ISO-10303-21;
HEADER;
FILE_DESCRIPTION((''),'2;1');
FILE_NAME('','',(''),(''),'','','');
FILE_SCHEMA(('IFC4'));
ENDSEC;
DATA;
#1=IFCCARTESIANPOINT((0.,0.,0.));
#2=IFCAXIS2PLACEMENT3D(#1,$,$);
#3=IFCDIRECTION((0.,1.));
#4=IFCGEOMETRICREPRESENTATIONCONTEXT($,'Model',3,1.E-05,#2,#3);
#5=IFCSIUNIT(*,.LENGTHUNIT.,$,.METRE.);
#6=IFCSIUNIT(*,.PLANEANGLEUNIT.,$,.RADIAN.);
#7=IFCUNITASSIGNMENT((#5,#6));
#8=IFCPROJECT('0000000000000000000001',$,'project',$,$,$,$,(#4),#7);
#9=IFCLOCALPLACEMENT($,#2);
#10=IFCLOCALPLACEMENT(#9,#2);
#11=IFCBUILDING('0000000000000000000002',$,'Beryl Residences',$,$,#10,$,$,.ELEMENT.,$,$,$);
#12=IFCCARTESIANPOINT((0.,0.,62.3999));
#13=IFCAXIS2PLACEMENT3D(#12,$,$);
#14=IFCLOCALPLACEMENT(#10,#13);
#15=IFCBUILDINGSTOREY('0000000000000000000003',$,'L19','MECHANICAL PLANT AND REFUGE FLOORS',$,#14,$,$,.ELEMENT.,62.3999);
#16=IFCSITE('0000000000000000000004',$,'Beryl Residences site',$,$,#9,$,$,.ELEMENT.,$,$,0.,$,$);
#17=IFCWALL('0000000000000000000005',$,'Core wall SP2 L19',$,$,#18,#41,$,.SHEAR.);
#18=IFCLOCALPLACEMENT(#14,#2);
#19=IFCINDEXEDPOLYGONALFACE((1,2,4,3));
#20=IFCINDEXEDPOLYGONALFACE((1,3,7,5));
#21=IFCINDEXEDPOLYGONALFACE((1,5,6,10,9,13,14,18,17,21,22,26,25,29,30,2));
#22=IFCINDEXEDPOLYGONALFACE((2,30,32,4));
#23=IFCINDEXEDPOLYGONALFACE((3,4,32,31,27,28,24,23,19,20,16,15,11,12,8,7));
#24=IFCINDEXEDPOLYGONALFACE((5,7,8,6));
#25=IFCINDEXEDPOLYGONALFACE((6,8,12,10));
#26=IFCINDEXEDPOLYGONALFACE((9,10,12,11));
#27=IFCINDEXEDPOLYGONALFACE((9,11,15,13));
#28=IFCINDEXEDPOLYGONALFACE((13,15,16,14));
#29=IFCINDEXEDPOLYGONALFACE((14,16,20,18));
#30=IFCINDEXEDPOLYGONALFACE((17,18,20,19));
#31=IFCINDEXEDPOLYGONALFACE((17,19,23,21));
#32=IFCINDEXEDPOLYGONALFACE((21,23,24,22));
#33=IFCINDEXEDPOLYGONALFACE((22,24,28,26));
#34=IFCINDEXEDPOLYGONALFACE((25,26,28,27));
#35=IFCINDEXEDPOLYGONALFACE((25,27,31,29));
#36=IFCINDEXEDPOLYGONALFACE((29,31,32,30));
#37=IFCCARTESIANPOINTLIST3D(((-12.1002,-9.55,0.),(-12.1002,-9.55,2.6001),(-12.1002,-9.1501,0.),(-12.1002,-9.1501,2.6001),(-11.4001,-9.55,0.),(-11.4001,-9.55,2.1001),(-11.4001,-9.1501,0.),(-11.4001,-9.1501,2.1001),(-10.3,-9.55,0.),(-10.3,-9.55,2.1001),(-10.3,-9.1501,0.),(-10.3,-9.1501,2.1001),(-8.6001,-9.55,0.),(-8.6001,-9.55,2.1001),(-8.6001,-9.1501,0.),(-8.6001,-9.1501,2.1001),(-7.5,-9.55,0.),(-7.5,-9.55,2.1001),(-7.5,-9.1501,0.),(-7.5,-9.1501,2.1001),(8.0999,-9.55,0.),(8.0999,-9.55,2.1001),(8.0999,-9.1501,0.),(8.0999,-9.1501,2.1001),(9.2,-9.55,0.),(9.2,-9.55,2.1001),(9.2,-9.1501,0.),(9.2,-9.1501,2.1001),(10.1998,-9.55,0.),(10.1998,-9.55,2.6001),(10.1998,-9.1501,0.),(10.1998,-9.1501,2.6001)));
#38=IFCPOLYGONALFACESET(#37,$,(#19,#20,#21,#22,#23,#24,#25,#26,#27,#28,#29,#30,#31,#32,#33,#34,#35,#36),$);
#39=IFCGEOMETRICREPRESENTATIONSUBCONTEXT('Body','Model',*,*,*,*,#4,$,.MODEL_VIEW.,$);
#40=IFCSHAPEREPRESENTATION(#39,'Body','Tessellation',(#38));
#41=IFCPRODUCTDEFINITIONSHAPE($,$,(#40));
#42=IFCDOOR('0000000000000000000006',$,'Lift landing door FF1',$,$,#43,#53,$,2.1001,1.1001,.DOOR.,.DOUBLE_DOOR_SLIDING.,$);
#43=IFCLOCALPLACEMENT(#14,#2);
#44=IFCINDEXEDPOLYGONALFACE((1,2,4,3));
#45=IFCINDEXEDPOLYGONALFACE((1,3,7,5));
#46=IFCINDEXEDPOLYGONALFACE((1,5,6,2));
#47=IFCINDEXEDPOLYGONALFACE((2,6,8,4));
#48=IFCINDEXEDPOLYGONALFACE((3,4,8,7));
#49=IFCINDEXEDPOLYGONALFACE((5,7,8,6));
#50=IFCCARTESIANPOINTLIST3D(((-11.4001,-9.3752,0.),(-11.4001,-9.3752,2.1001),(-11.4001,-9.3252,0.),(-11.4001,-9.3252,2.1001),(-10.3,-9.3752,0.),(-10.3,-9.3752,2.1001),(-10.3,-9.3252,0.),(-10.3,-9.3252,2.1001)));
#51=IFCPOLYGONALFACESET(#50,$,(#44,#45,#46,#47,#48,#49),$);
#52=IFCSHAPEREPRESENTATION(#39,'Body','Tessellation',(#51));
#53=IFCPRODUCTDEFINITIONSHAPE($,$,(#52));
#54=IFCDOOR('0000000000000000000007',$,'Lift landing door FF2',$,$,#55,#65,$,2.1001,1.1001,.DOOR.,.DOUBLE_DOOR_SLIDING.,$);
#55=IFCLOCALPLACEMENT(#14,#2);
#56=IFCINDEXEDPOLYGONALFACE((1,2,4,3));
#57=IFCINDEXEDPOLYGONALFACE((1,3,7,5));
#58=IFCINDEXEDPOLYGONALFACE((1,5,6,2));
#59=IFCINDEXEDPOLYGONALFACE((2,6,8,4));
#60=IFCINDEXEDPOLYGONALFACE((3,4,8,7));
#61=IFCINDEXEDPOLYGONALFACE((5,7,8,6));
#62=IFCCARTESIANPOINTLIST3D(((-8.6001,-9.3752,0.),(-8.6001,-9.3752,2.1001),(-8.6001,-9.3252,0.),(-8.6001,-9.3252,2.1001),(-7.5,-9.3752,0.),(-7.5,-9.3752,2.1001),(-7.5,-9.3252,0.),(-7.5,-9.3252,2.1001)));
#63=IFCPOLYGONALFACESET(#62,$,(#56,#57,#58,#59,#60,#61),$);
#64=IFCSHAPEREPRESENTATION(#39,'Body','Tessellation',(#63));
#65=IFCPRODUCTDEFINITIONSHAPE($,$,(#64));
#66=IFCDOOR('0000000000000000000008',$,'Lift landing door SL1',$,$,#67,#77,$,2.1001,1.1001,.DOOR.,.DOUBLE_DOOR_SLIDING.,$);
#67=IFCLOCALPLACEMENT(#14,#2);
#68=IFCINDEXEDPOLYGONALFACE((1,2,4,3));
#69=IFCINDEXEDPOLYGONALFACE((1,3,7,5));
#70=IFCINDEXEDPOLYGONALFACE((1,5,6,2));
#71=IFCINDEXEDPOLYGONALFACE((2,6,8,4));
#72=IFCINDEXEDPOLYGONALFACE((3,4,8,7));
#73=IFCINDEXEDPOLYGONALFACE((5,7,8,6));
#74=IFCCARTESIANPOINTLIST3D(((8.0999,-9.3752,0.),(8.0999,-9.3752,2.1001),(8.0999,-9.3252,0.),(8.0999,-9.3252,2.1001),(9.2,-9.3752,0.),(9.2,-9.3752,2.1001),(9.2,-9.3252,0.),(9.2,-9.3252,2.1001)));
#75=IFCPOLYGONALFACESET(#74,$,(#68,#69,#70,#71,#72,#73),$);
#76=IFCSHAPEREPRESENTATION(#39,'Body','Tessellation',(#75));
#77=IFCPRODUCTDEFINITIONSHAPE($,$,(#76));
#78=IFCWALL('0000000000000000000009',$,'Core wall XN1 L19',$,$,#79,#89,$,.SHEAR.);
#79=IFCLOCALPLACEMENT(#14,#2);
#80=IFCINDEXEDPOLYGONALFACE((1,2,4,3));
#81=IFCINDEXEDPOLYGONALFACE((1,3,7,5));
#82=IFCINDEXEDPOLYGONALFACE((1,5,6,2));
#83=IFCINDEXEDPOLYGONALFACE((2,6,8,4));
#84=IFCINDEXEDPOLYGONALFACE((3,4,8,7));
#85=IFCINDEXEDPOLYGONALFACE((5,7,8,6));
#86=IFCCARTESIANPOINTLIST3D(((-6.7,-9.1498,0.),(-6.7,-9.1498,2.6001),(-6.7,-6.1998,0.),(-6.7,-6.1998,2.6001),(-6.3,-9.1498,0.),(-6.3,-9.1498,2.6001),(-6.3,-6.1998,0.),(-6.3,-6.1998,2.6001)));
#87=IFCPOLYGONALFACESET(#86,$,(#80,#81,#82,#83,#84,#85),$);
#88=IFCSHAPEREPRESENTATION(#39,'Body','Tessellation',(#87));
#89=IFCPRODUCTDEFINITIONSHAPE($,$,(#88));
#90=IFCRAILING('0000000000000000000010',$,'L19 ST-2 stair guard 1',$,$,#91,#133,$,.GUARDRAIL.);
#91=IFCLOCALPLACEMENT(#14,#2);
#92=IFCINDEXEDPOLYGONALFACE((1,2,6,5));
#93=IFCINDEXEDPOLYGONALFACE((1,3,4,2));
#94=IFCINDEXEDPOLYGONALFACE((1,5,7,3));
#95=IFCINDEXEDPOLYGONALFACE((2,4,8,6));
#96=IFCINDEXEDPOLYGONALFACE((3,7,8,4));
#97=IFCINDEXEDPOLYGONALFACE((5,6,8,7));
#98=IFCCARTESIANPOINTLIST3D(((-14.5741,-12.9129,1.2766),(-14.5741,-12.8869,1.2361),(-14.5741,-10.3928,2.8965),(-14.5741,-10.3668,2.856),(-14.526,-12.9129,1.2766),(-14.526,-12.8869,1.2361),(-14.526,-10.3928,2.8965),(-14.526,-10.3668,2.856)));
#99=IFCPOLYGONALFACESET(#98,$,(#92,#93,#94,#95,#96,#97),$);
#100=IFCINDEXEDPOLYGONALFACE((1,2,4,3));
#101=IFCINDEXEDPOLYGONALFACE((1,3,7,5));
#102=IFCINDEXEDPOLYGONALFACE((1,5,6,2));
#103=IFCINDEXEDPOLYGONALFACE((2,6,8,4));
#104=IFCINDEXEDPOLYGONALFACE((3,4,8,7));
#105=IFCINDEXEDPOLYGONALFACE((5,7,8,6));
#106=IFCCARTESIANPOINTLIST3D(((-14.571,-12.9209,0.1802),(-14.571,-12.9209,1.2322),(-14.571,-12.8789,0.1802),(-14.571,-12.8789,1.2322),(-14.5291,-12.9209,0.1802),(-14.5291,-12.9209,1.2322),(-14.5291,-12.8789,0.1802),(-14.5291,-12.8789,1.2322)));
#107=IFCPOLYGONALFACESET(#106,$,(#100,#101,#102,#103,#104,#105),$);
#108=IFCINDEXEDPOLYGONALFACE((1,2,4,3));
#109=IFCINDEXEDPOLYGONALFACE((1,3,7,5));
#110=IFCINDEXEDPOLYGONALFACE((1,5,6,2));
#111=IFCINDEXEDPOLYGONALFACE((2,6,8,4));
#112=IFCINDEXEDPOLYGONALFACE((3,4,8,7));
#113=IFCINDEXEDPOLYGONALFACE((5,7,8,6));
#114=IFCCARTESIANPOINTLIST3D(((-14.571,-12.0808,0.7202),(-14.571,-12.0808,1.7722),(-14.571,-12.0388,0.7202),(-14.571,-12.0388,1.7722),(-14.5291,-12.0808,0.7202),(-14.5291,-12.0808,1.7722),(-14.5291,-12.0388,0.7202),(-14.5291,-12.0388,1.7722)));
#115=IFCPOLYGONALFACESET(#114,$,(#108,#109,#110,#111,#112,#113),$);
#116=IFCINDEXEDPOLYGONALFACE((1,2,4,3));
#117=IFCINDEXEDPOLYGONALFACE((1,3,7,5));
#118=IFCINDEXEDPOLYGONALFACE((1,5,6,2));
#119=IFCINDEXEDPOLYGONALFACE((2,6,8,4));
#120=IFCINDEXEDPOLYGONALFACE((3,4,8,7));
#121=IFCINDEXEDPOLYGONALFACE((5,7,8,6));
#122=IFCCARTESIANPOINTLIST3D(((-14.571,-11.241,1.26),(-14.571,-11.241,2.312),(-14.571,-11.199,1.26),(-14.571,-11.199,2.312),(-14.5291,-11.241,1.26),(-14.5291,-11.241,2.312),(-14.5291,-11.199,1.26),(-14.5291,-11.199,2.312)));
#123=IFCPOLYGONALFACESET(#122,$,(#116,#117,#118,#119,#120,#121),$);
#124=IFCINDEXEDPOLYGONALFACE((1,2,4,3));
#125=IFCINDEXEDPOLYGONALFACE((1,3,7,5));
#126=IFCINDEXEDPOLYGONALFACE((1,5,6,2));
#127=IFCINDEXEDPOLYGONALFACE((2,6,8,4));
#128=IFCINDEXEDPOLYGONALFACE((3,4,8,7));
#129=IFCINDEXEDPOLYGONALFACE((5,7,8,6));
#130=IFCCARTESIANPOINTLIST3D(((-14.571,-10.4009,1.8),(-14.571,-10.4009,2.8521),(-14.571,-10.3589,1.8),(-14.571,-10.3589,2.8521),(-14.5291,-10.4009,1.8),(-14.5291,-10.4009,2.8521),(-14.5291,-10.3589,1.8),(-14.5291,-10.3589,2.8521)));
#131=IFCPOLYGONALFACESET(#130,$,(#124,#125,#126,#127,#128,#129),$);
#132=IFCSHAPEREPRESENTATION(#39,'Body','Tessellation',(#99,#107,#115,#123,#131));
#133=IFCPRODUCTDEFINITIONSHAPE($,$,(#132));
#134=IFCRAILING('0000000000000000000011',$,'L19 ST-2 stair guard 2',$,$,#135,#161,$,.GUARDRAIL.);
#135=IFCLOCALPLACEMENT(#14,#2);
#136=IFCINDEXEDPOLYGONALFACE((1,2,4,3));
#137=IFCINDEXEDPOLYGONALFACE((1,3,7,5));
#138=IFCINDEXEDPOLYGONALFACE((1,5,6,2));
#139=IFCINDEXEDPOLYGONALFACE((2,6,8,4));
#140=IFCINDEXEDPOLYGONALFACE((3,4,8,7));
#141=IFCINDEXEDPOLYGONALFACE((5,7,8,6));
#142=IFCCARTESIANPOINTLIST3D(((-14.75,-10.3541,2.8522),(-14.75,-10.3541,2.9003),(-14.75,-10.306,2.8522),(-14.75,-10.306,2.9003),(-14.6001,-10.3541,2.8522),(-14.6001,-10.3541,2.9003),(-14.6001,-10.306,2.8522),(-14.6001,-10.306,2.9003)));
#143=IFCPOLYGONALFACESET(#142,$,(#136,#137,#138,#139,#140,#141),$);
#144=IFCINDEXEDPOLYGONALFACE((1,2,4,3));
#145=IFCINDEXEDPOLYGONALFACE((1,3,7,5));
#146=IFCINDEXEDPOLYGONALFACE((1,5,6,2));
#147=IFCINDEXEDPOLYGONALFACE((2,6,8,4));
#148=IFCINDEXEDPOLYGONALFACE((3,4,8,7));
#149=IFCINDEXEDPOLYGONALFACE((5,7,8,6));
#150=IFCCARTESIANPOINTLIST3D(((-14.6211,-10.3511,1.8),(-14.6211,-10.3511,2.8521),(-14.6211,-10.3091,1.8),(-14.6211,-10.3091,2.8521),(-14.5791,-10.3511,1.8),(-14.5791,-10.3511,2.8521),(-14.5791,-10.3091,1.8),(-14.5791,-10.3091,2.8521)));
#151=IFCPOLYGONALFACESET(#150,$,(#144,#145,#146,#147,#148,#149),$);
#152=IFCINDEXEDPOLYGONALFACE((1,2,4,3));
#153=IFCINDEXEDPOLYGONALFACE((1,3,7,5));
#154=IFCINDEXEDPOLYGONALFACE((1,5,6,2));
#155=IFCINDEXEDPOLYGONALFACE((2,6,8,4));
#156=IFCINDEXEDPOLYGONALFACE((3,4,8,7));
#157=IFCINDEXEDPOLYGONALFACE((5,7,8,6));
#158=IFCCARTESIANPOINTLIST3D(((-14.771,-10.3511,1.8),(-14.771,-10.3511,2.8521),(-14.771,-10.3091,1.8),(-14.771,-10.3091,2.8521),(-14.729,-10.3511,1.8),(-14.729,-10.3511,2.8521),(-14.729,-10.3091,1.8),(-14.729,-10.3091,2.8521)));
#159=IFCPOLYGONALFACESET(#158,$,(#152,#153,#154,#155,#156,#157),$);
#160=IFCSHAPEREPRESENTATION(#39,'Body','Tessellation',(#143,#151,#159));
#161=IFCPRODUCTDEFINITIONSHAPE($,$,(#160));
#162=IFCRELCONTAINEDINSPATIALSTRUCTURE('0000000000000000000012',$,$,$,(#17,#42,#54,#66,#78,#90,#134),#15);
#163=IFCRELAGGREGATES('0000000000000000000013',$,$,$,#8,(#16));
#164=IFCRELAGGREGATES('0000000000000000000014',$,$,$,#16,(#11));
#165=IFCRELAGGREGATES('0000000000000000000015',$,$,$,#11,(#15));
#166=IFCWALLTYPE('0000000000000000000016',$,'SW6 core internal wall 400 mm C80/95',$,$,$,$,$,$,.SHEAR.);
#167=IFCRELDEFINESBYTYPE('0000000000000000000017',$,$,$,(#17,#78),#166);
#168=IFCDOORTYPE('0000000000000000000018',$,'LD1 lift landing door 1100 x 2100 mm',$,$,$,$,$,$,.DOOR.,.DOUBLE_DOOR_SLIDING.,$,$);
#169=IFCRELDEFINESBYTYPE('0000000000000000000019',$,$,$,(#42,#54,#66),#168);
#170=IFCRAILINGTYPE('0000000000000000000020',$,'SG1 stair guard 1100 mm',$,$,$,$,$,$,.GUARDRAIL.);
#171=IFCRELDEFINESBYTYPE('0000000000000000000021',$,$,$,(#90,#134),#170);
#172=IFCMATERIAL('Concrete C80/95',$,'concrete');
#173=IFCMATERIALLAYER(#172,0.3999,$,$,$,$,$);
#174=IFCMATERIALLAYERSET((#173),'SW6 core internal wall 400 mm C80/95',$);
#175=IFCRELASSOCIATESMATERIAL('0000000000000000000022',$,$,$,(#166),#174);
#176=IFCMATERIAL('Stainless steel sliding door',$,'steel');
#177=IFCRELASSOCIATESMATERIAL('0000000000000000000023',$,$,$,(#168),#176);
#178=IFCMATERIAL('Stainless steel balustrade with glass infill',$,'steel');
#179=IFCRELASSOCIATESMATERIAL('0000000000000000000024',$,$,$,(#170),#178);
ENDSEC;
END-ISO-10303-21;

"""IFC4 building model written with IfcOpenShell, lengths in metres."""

from ifc_helpers import new_model, si_unit, direction, frame, frame_2d, origin, origin_2d, place, context, subcontext, project, spatial, rectangle, extrude, material, layer, layer_set, type_object, element, fill, save


model = new_model("IFC4")

# Units and contexts
model_context = context("Model", 3, precision=1e-05, world=origin(), true_north=direction((0.0, 1.0)))
body_context = subcontext(model_context, "Body", "Model", "MODEL_VIEW")
ifc_project = project(units=[si_unit("LENGTHUNIT", "METRE"), si_unit("PLANEANGLEUNIT", "RADIAN")], contexts=[model_context])

# Site, building, storey
site_placement = place(None, origin())
site = spatial("IfcSite", under=ifc_project, at=site_placement, Name="Beryl Residences site", CompositionType="ELEMENT", RefElevation=0.0)
building_placement = place(site_placement, origin())
building = spatial("IfcBuilding", under=site, at=building_placement, Name="Beryl Residences", CompositionType="ELEMENT")
storey_placement = place(building_placement, frame((0.0, 0.0, 62.3999)))
storey = spatial("IfcBuildingStorey", under=building, at=storey_placement, Name="L19", Description="MECHANICAL PLANT AND REFUGE FLOORS", CompositionType="ELEMENT", Elevation=62.3999)

# Wall, openings, doors
ifc_material_1 = material(Name="Concrete C80/95", Category="concrete")
ifc_layer_1 = layer(ifc_material_1, 0.3999)
ifc_layer_set_1 = layer_set([ifc_layer_1], Name="SW6 core internal wall 400 mm C80/95")
wall_type_1 = type_object("IfcWallType", Name="SW6 core internal wall 400 mm C80/95", PredefinedType="SHEAR", material=ifc_layer_set_1)
wall_1_placement = place(storey_placement, frame((-12.1001, -9.3501, 0.0), z_axis=(0.0, 0.0, 1.0), x_axis=(1.0, 0.0, 0.0)))
wall_1 = element("IfcWall", 1, at=wall_1_placement, inside=storey, type_object=wall_type_1, Name="Core wall SP2 L19", PredefinedType="SHEAR", context=body_context, shape_type="SweptSolid", body=[
    extrude(rectangle(XDim=22.3, YDim=0.3999, at=frame_2d((11.1499, 0.0))), origin(), (0.0, 0.0, 1.0), 2.6001),
])
opening_1_placement = place(wall_1_placement, frame((0.7, 0.0, 0.0)))
opening_1 = element("IfcOpeningElement", 2, at=opening_1_placement, cuts=wall_1, PredefinedType="OPENING", context=body_context, shape_type="SweptSolid", body=[
    extrude(rectangle(XDim=1.1001, YDim=2.1001, at=frame_2d((0.55, 1.05))), frame((0.0, 0.21, 0.0), z_axis=(0.0, -1.0, 0.0), x_axis=(1.0, 0.0, 0.0)), (0.0, 0.0, 1.0), 0.4199),
])
opening_2_placement = place(wall_1_placement, frame((3.5, 0.0, 0.0)))
opening_2 = element("IfcOpeningElement", 3, at=opening_2_placement, cuts=wall_1, PredefinedType="OPENING", context=body_context, shape_type="SweptSolid", body=[
    extrude(rectangle(XDim=1.1001, YDim=2.1001, at=frame_2d((0.55, 1.05))), frame((0.0, 0.21, 0.0), z_axis=(0.0, -1.0, 0.0), x_axis=(1.0, 0.0, 0.0)), (0.0, 0.0, 1.0), 0.4199),
])
opening_3_placement = place(wall_1_placement, frame((20.2, 0.0, 0.0)))
opening_3 = element("IfcOpeningElement", 4, at=opening_3_placement, cuts=wall_1, PredefinedType="OPENING", context=body_context, shape_type="SweptSolid", body=[
    extrude(rectangle(XDim=1.1001, YDim=2.1001, at=frame_2d((0.55, 1.05))), frame((0.0, 0.21, 0.0), z_axis=(0.0, -1.0, 0.0), x_axis=(1.0, 0.0, 0.0)), (0.0, 0.0, 1.0), 0.4199),
])
ifc_material_2 = material(Name="Stainless steel sliding door", Category="steel")
door_type_1 = type_object("IfcDoorType", Name="LD1 lift landing door 1100 x 2100 mm", OperationType="DOUBLE_DOOR_SLIDING", PredefinedType="DOOR", material=ifc_material_2)
door_1_placement = place(opening_1_placement, origin())
door_1 = element("IfcDoor", 5, at=door_1_placement, inside=storey, type_object=door_type_1, Name="Lift landing door FF1", OperationType="DOUBLE_DOOR_SLIDING", OverallHeight=2.1001, OverallWidth=1.1001, PredefinedType="DOOR", context=body_context, shape_type="SweptSolid", body=[
    extrude(rectangle(XDim=1.1001, YDim=2.1001, at=frame_2d((0.55, 1.05))), frame((0.0, 0.0249, 0.0), z_axis=(0.0, -1.0, 0.0), x_axis=(1.0, 0.0, 0.0)), (0.0, 0.0, 1.0), 0.05),
])
fill(opening_1, door_1)
door_2_placement = place(opening_2_placement, origin())
door_2 = element("IfcDoor", 6, at=door_2_placement, inside=storey, type_object=door_type_1, Name="Lift landing door FF2", OperationType="DOUBLE_DOOR_SLIDING", OverallHeight=2.1001, OverallWidth=1.1001, PredefinedType="DOOR", context=body_context, shape_type="SweptSolid", body=[
    extrude(rectangle(XDim=1.1001, YDim=2.1001, at=frame_2d((0.55, 1.05))), frame((0.0, 0.0249, 0.0), z_axis=(0.0, -1.0, 0.0), x_axis=(1.0, 0.0, 0.0)), (0.0, 0.0, 1.0), 0.05),
])
fill(opening_2, door_2)
door_3_placement = place(opening_3_placement, origin())
door_3 = element("IfcDoor", 7, at=door_3_placement, inside=storey, type_object=door_type_1, Name="Lift landing door SL1", OperationType="DOUBLE_DOOR_SLIDING", OverallHeight=2.1001, OverallWidth=1.1001, PredefinedType="DOOR", context=body_context, shape_type="SweptSolid", body=[
    extrude(rectangle(XDim=1.1001, YDim=2.1001, at=frame_2d((0.55, 1.05))), frame((0.0, 0.0249, 0.0), z_axis=(0.0, -1.0, 0.0), x_axis=(1.0, 0.0, 0.0)), (0.0, 0.0, 1.0), 0.05),
])
fill(opening_3, door_3)

# Wall
wall_2_placement = place(storey_placement, frame((-6.5, -9.1499, 0.0), z_axis=(0.0, 0.0, 1.0), x_axis=(0.0, 1.0, 0.0)))
element("IfcWall", 8, at=wall_2_placement, inside=storey, type_object=wall_type_1, Name="Core wall XN1 L19", PredefinedType="SHEAR", context=body_context, shape_type="SweptSolid", body=[
    extrude(rectangle(XDim=2.95, YDim=0.3999, at=frame_2d((1.4751, 0.0))), origin(), (0.0, 0.0, 1.0), 2.6001),
])

# Railings
ifc_material_3 = material(Name="Stainless steel balustrade with glass infill", Category="steel")
railing_type_1 = type_object("IfcRailingType", Name="SG1 stair guard 1100 mm", PredefinedType="GUARDRAIL", material=ifc_material_3)
railing_1_placement = place(storey_placement, frame((-14.55, -12.8999, 0.1802)))
element("IfcRailing", 9, at=railing_1_placement, inside=storey, type_object=railing_type_1, Name="L19 ST-2 stair guard 1", PredefinedType="GUARDRAIL", context=body_context, shape_type="SweptSolid", body=[
    extrude(rectangle(XDim=0.0481, YDim=0.0481, at=origin_2d()), frame((0.0, 0.0, 1.0762), z_axis=(0.0, 0.8412, 0.540725), x_axis=(-1.0, 0.0, 0.0)), (0.0, 0.0, 1.0), 2.9958),
    extrude(rectangle(XDim=0.042, YDim=0.042, at=origin_2d()), origin(), (0.0, 0.0, 1.0), 1.052),
    extrude(rectangle(XDim=0.042, YDim=0.042, at=origin_2d()), frame((0.0, 0.8401, 0.54)), (0.0, 0.0, 1.0), 1.052),
    extrude(rectangle(XDim=0.042, YDim=0.042, at=origin_2d()), frame((0.0, 1.6799, 1.0798)), (0.0, 0.0, 1.0), 1.052),
    extrude(rectangle(XDim=0.042, YDim=0.042, at=origin_2d()), frame((0.0, 2.52, 1.6199)), (0.0, 0.0, 1.0), 1.052),
])
railing_2_placement = place(storey_placement, frame((-14.6001, -10.3301, 1.8)))
element("IfcRailing", 10, at=railing_2_placement, inside=storey, type_object=railing_type_1, Name="L19 ST-2 stair guard 2", PredefinedType="GUARDRAIL", context=body_context, shape_type="SweptSolid", body=[
    extrude(rectangle(XDim=0.0481, YDim=0.0481, at=origin_2d()), frame((0.0, 0.0, 1.0762), z_axis=(-1.0, 0.0, 0.0), x_axis=(0.0, -1.0, 0.0)), (0.0, 0.0, 1.0), 0.1499),
    extrude(rectangle(XDim=0.042, YDim=0.042, at=origin_2d()), origin(), (0.0, 0.0, 1.0), 1.052),
    extrude(rectangle(XDim=0.042, YDim=0.042, at=origin_2d()), frame((-0.1499, 0.0, 0.0)), (0.0, 0.0, 1.0), 1.052),
])

save(model, "model.ifc")
